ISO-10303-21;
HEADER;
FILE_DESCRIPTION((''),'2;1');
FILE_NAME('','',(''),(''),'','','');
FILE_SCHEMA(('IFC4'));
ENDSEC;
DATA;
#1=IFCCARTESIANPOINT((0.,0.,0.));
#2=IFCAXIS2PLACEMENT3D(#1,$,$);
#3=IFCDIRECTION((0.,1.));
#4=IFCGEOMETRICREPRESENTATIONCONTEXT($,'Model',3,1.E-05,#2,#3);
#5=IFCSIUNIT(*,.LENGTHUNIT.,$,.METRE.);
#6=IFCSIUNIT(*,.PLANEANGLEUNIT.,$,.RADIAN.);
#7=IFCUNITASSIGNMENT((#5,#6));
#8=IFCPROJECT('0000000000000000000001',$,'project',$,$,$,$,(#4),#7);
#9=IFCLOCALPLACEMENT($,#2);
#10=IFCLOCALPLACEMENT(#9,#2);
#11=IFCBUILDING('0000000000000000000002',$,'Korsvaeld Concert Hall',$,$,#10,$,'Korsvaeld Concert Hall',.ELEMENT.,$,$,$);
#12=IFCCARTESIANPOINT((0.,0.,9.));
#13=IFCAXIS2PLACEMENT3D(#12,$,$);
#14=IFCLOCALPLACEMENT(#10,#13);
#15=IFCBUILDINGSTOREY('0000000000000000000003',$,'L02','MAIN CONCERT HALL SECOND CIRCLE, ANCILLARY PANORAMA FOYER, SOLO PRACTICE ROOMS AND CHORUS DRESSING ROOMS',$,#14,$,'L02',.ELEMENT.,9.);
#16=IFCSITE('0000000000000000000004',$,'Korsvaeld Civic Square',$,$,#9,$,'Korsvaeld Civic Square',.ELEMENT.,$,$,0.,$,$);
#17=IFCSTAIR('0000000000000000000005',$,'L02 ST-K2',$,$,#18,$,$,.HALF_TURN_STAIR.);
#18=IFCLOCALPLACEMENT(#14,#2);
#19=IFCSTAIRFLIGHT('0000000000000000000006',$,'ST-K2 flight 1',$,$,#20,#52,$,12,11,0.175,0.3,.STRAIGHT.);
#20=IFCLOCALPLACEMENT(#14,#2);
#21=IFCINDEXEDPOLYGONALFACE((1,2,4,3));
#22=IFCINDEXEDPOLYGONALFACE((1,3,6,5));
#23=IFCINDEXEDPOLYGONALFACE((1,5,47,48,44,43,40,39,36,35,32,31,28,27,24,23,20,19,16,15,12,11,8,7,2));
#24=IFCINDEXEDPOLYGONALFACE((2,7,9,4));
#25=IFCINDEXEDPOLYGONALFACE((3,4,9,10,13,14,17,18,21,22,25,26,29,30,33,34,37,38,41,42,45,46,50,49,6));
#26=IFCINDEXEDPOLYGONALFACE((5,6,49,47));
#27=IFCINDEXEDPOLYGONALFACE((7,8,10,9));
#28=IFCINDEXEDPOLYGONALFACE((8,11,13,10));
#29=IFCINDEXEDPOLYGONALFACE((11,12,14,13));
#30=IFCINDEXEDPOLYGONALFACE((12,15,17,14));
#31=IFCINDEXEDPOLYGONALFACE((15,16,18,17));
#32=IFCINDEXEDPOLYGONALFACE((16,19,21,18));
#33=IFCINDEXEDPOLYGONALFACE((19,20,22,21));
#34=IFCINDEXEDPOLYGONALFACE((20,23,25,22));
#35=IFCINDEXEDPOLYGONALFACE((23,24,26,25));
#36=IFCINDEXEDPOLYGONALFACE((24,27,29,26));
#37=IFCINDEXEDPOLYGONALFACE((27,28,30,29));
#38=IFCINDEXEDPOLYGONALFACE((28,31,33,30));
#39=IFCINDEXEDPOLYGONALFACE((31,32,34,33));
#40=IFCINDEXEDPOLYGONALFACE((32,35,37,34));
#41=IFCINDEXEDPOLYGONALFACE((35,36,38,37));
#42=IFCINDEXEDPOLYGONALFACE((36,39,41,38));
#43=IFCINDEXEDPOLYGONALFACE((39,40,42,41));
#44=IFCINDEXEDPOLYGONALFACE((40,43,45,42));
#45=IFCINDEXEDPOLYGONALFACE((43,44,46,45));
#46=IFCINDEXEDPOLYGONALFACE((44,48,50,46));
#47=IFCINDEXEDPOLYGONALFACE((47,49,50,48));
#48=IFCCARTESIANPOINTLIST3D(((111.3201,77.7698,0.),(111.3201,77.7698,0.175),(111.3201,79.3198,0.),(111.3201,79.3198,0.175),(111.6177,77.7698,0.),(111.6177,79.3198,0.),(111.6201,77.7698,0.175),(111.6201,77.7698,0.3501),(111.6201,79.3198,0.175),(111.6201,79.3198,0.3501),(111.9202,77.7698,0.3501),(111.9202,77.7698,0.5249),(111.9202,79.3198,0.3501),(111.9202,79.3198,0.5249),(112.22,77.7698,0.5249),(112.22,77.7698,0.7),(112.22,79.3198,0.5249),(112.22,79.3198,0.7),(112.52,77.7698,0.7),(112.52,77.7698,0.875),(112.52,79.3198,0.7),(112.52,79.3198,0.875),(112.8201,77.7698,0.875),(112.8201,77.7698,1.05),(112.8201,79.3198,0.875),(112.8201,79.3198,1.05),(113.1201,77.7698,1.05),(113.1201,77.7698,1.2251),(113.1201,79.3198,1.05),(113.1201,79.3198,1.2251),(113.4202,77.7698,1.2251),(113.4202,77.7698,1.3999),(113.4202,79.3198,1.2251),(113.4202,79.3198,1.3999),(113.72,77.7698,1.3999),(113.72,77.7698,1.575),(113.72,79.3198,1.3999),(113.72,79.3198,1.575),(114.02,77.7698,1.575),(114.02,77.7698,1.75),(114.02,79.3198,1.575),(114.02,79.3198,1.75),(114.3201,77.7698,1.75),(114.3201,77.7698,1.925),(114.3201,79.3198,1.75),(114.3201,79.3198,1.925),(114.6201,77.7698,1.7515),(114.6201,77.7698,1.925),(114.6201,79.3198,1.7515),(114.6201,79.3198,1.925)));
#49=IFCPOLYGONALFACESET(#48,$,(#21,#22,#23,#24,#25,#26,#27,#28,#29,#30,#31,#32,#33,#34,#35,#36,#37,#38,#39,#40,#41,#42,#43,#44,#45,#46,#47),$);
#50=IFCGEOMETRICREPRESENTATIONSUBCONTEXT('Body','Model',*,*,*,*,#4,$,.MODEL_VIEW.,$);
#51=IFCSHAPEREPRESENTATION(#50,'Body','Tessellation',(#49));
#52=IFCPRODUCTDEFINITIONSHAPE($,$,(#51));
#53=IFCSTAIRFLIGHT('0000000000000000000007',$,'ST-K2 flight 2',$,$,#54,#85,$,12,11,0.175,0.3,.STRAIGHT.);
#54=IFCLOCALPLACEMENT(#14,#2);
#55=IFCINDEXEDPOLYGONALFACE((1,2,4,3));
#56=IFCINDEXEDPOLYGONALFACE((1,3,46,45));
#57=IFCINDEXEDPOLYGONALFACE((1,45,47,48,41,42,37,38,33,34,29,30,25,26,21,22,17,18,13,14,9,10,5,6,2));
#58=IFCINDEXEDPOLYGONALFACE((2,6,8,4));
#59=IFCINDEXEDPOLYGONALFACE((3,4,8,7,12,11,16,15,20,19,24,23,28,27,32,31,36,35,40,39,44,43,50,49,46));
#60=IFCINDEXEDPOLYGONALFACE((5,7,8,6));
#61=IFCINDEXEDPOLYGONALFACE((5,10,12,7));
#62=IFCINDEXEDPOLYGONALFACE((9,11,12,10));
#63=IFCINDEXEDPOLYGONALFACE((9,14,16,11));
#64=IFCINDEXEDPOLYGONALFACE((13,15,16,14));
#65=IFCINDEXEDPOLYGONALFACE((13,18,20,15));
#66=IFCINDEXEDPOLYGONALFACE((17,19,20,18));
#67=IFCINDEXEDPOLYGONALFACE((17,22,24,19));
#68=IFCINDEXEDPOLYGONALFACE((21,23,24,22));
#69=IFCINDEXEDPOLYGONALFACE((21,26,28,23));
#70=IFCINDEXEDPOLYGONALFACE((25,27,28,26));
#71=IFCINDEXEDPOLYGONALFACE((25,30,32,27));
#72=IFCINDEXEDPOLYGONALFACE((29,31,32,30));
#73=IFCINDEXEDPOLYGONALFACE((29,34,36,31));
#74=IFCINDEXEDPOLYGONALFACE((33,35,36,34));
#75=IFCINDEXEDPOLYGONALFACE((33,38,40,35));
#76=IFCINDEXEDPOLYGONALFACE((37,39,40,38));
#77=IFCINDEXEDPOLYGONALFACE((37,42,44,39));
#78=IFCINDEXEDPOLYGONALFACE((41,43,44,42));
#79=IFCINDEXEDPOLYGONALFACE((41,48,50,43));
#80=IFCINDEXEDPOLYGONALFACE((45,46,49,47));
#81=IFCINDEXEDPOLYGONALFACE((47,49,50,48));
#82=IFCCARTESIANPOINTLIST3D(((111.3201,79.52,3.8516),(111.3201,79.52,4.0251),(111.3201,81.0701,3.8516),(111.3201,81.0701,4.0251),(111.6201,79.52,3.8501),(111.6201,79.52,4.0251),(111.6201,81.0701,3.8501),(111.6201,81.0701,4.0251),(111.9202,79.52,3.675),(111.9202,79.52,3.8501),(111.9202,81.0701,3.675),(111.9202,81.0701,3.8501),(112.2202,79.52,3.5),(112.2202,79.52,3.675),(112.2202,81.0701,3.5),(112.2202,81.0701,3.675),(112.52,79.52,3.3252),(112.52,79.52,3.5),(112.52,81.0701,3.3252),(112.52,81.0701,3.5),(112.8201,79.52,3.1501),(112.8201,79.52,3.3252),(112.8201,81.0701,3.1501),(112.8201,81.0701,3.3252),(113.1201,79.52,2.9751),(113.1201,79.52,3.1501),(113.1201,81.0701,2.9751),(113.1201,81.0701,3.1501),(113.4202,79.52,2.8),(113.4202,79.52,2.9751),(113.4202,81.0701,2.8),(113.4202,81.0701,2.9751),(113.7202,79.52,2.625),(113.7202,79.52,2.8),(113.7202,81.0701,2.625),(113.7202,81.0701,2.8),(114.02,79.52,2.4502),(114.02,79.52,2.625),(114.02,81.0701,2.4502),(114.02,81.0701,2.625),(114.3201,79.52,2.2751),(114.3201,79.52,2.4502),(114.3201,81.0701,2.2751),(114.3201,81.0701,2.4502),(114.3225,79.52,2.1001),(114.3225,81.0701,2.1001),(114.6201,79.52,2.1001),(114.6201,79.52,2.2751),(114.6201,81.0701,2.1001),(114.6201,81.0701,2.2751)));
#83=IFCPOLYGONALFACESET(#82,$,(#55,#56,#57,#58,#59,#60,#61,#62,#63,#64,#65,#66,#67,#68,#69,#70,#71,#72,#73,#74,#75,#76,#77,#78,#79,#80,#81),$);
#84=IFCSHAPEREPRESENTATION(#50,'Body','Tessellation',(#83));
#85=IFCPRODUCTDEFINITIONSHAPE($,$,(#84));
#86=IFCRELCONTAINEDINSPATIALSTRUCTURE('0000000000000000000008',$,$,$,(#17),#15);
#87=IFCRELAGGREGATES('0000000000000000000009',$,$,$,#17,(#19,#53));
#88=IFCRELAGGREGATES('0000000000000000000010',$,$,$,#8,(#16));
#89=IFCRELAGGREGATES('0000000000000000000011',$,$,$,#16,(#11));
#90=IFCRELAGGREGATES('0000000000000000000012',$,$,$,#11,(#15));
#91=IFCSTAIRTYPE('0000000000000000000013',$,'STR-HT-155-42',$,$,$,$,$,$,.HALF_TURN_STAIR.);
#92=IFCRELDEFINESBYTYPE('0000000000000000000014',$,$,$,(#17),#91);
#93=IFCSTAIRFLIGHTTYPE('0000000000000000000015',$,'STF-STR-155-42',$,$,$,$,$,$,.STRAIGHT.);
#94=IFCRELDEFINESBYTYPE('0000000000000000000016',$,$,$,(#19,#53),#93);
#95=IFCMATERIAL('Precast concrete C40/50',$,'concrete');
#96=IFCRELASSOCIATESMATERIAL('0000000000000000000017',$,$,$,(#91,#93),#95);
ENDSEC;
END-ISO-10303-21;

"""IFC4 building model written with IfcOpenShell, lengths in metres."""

from ifc_helpers import new_model, si_unit, direction, frame, origin, place, context, subcontext, project, spatial, polyline, outline, extrude, material, type_object, element, aggregate, save


model = new_model("IFC4")

# Units and contexts
model_context = context("Model", 3, precision=1e-05, world=origin(), true_north=direction((0.0, 1.0)))
body_context = subcontext(model_context, "Body", "Model", "MODEL_VIEW")
ifc_project = project(units=[si_unit("LENGTHUNIT", "METRE"), si_unit("PLANEANGLEUNIT", "RADIAN")], contexts=[model_context])

# Site, building, storey
site_placement = place(None, origin())
site = spatial("IfcSite", under=ifc_project, at=site_placement, Name="Korsvaeld Civic Square", LongName="Korsvaeld Civic Square", CompositionType="ELEMENT", RefElevation=0.0)
building_placement = place(site_placement, origin())
building = spatial("IfcBuilding", under=site, at=building_placement, Name="Korsvaeld Concert Hall", LongName="Korsvaeld Concert Hall", CompositionType="ELEMENT")
storey_placement = place(building_placement, frame((0.0, 0.0, 9.0)))
storey = spatial("IfcBuildingStorey", under=building, at=storey_placement, Name="L02", Description="MAIN CONCERT HALL SECOND CIRCLE, ANCILLARY PANORAMA FOYER, SOLO PRACTICE ROOMS AND CHORUS DRESSING ROOMS", LongName="L02", CompositionType="ELEMENT", Elevation=9.0)

# Stair, stair flights
ifc_material_1 = material(Name="Precast concrete C40/50", Category="concrete")
stair_type = type_object("IfcStairType", Name="STR-HT-155-42", PredefinedType="HALF_TURN_STAIR", material=ifc_material_1)
stair_placement = place(storey_placement, origin())
stair = element("IfcStair", 1, at=stair_placement, inside=storey, type_object=stair_type, Name="L02 ST-K2", PredefinedType="HALF_TURN_STAIR")
stair_flight_type = type_object("IfcStairFlightType", Name="STF-STR-155-42", PredefinedType="STRAIGHT", material=ifc_material_1)
stair_flight_1_placement = place(storey_placement, frame((111.3201, 78.5449, 0.0), z_axis=(0.0, 0.0, 1.0), x_axis=(1.0, 0.0, 0.0)))
stair_flight_1 = element("IfcStairFlight", 2, at=stair_flight_1_placement, type_object=stair_flight_type, Name="ST-K2 flight 1", NumberOfRisers=12, NumberOfTreads=11, PredefinedType="STRAIGHT", RiserHeight=0.175, TreadLength=0.3, context=body_context, shape_type="SweptSolid", body=[
    extrude(outline(polyline([(0.0, 0.0), (0.0, 0.175), (0.3, 0.175), (0.3, 0.3501), (0.6001, 0.3501), (0.6001, 0.5249), (0.8999, 0.5249), (0.8999, 0.7), (1.2, 0.7), (1.2, 0.875), (1.5, 0.875), (1.5, 1.05), (1.8, 1.05), (1.8, 1.2251), (2.1001, 1.2251), (2.1001, 1.3999), (2.3999, 1.3999), (2.3999, 1.575), (2.7, 1.575), (2.7, 1.75), (3.0, 1.75), (3.0, 1.925), (3.3, 1.925), (3.3, 2.1001), (3.3, 1.7515), (0.2976, 0.0), (0.0, 0.0)])), frame((0.0, 0.7749, 0.0), z_axis=(0.0, -1.0, 0.0), x_axis=(1.0, 0.0, 0.0)), (0.0, 0.0, 1.0), 1.55),
])
stair_flight_2_placement = place(storey_placement, frame((114.6201, 80.2949, 2.1001), z_axis=(0.0, 0.0, 1.0), x_axis=(-1.0, 0.0, 0.0)))
stair_flight_2 = element("IfcStairFlight", 3, at=stair_flight_2_placement, type_object=stair_flight_type, Name="ST-K2 flight 2", NumberOfRisers=12, NumberOfTreads=11, PredefinedType="STRAIGHT", RiserHeight=0.175, TreadLength=0.3, context=body_context, shape_type="SweptSolid", body=[
    extrude(outline(polyline([(0.0, 0.0), (0.0, 0.175), (0.3, 0.175), (0.3, 0.3501), (0.6001, 0.3501), (0.6001, 0.5249), (0.8999, 0.5249), (0.8999, 0.7), (1.2, 0.7), (1.2, 0.875), (1.5, 0.875), (1.5, 1.05), (1.8, 1.05), (1.8, 1.2251), (2.1001, 1.2251), (2.1001, 1.3999), (2.3999, 1.3999), (2.3999, 1.575), (2.7, 1.575), (2.7, 1.75), (3.0, 1.75), (3.0, 1.925), (3.3, 1.925), (3.3, 2.1001), (3.3, 1.7515), (0.2976, 0.0), (0.0, 0.0)])), frame((0.0, 0.7749, 0.0), z_axis=(0.0, -1.0, 0.0), x_axis=(1.0, 0.0, 0.0)), (0.0, 0.0, 1.0), 1.55),
])
aggregate(stair, [stair_flight_1, stair_flight_2])

save(model, "model.ifc")
